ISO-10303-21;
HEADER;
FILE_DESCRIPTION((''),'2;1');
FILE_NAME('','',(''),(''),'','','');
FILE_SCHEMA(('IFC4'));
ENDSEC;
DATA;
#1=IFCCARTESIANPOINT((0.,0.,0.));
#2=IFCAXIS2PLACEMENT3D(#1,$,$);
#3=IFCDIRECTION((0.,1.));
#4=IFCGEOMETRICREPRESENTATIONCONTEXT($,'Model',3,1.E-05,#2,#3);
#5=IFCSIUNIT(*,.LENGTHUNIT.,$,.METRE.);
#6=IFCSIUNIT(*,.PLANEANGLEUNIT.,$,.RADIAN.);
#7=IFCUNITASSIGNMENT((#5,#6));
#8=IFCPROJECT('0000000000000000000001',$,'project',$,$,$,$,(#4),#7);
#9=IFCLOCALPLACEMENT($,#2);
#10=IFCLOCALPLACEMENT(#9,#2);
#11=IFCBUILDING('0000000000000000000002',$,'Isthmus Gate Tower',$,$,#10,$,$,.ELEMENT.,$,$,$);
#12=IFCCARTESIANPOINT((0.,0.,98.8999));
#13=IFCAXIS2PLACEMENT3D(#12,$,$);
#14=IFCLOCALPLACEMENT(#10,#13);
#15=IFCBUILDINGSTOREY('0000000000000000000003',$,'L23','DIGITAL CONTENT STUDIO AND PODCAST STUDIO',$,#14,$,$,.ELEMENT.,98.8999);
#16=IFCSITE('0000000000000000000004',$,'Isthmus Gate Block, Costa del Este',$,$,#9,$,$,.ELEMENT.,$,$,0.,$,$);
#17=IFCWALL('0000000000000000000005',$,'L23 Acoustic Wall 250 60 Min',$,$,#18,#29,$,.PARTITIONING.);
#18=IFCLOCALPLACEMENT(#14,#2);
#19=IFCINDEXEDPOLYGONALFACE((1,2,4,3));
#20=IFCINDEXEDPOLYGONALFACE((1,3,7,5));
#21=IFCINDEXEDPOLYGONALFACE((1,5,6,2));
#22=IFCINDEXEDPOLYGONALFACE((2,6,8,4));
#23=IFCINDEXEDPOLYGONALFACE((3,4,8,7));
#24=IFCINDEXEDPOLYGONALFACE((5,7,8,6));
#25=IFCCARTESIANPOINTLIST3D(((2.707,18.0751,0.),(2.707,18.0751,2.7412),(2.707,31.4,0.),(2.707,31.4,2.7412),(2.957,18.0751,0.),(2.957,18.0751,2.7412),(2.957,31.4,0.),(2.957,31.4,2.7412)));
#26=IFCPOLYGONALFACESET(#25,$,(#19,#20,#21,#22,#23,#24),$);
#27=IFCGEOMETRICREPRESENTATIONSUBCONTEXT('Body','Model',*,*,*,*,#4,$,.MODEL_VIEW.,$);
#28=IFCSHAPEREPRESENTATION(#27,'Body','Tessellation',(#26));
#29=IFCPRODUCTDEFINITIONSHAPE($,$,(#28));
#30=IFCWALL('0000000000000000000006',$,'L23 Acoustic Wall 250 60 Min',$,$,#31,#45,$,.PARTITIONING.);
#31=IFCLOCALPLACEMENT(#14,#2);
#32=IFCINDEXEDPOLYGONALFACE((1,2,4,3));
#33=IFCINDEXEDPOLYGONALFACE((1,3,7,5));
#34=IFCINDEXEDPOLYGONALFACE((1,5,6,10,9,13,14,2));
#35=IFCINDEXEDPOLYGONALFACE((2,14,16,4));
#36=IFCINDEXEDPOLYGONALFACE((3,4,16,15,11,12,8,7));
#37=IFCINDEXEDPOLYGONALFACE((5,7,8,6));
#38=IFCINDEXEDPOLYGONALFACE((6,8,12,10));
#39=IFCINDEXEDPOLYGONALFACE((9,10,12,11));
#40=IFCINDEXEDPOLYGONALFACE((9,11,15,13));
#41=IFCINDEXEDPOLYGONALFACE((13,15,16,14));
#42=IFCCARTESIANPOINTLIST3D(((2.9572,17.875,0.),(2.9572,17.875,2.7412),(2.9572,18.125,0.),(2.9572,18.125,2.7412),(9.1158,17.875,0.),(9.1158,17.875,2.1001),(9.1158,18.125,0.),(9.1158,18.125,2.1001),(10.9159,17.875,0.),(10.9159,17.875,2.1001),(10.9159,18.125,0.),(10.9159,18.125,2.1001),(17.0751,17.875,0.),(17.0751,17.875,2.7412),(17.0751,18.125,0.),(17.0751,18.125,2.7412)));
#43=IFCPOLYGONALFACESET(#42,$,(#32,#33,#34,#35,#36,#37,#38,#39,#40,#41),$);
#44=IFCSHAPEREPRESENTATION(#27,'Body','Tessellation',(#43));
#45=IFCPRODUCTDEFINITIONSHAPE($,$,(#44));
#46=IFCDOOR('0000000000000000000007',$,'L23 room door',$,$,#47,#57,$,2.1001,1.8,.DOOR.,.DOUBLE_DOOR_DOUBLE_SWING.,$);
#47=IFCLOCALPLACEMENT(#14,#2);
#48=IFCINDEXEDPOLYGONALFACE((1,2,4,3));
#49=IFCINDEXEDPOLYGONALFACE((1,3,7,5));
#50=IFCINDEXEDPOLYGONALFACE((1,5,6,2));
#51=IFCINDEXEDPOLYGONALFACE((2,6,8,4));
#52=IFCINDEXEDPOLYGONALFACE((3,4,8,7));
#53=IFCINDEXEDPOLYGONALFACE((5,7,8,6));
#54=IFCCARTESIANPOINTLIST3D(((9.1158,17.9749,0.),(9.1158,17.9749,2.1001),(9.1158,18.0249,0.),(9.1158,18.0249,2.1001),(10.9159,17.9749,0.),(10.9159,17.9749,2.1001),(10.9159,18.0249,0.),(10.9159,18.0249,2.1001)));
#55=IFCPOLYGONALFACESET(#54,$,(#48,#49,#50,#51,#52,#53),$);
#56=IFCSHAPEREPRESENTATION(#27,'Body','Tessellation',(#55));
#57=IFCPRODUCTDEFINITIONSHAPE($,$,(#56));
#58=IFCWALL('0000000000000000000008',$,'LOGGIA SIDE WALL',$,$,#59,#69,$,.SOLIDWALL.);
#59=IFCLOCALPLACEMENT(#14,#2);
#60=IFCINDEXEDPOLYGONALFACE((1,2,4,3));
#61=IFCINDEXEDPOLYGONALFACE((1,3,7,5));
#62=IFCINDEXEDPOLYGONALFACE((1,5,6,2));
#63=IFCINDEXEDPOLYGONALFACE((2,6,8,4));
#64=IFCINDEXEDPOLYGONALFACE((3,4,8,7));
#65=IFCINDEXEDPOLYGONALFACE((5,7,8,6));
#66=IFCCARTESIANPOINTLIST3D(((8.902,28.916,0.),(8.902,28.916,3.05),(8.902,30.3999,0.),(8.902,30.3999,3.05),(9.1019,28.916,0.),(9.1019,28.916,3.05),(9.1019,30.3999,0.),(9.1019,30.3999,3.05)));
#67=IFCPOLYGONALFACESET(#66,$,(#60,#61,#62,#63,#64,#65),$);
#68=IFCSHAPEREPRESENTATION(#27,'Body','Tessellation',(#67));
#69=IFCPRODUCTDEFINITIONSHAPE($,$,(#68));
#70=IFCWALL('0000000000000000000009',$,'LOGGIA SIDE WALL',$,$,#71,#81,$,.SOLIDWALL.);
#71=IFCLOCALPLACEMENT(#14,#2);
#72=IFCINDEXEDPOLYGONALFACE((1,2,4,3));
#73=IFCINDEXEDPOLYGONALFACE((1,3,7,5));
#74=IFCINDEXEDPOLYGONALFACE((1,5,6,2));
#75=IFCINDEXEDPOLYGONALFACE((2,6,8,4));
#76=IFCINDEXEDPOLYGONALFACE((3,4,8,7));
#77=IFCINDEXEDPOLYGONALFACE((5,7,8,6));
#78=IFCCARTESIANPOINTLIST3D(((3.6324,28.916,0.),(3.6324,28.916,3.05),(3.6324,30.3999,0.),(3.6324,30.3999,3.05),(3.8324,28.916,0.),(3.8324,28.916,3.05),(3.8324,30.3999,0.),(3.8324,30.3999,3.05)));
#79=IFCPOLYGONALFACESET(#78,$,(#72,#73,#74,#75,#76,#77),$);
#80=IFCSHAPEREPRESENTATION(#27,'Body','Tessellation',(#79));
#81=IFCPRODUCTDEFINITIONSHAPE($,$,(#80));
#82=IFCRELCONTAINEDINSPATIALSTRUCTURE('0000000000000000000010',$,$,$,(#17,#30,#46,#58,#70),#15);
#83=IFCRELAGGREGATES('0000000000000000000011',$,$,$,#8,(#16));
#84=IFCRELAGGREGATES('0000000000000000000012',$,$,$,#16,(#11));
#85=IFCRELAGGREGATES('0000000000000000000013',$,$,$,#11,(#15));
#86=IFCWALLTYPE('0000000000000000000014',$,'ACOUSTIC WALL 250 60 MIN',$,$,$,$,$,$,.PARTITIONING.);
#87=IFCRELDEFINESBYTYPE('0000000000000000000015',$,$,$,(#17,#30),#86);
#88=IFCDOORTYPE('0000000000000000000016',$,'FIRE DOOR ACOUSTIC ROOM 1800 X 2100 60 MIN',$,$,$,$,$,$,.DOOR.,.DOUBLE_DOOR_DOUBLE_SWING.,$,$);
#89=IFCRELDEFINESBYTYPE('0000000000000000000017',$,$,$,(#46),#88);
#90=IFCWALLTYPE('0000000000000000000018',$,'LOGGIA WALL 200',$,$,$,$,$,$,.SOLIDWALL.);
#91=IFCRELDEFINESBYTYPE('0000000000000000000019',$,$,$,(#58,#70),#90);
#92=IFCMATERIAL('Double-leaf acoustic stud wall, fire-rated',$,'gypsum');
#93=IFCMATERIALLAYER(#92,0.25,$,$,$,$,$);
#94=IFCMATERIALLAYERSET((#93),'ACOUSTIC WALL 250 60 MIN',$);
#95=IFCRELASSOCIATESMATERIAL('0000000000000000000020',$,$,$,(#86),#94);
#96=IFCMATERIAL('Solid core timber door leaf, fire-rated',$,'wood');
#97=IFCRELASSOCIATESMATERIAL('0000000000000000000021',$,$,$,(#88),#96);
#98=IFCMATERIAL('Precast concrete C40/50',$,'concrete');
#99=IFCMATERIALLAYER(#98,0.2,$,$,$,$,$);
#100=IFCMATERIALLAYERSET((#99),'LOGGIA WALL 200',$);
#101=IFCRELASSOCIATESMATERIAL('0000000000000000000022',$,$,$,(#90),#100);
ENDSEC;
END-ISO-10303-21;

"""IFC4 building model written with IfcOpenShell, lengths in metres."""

from ifc_helpers import new_model, si_unit, direction, frame, frame_2d, origin, place, context, subcontext, project, spatial, rectangle, extrude, material, layer, layer_set, type_object, element, fill, save


model = new_model("IFC4")

# Units and contexts
model_context = context("Model", 3, precision=1e-05, world=origin(), true_north=direction((0.0, 1.0)))
body_context = subcontext(model_context, "Body", "Model", "MODEL_VIEW")
ifc_project = project(units=[si_unit("LENGTHUNIT", "METRE"), si_unit("PLANEANGLEUNIT", "RADIAN")], contexts=[model_context])

# Site, building, storey
site_placement = place(None, origin())
site = spatial("IfcSite", under=ifc_project, at=site_placement, Name="Isthmus Gate Block, Costa del Este", CompositionType="ELEMENT", RefElevation=0.0)
building_placement = place(site_placement, origin())
building = spatial("IfcBuilding", under=site, at=building_placement, Name="Isthmus Gate Tower", CompositionType="ELEMENT")
storey_placement = place(building_placement, frame((0.0, 0.0, 98.8999)))
storey = spatial("IfcBuildingStorey", under=building, at=storey_placement, Name="L23", Description="DIGITAL CONTENT STUDIO AND PODCAST STUDIO", CompositionType="ELEMENT", Elevation=98.8999)

# Wall
ifc_material_1 = material(Name="Double-leaf acoustic stud wall, fire-rated", Category="gypsum")
ifc_layer_1 = layer(ifc_material_1, 0.25)
ifc_layer_set_1 = layer_set([ifc_layer_1], Name="ACOUSTIC WALL 250 60 MIN")
wall_type_1 = type_object("IfcWallType", Name="ACOUSTIC WALL 250 60 MIN", PredefinedType="PARTITIONING", material=ifc_layer_set_1)
wall_1_placement = place(storey_placement, frame((2.832, 18.075, 0.0), z_axis=(0.0, 0.0, 1.0), x_axis=(0.0, 1.0, 0.0)))
element("IfcWall", 1, at=wall_1_placement, inside=storey, type_object=wall_type_1, Name="L23 Acoustic Wall 250 60 Min", PredefinedType="PARTITIONING", context=body_context, shape_type="SweptSolid", body=[
    extrude(rectangle(XDim=13.325, YDim=0.25, at=frame_2d((6.6626, 0.0))), origin(), (0.0, 0.0, 1.0), 2.7412),
])

# Wall, opening, door
wall_2_placement = place(storey_placement, frame((2.957, 18.0, 0.0), z_axis=(0.0, 0.0, 1.0), x_axis=(1.0, 0.0, 0.0)))
wall_2 = element("IfcWall", 2, at=wall_2_placement, inside=storey, type_object=wall_type_1, Name="L23 Acoustic Wall 250 60 Min", PredefinedType="PARTITIONING", context=body_context, shape_type="SweptSolid", body=[
    extrude(rectangle(XDim=14.1179, YDim=0.25, at=frame_2d((7.0591, 0.0))), origin(), (0.0, 0.0, 1.0), 2.7412),
])
opening_1_placement = place(wall_2_placement, frame((6.1589, 0.0, 0.0)))
opening_1 = element("IfcOpeningElement", 3, at=opening_1_placement, cuts=wall_2, PredefinedType="OPENING", context=body_context, shape_type="SweptSolid", body=[
    extrude(rectangle(XDim=1.8, YDim=2.1001, at=frame_2d((0.8999, 1.05))), frame((0.0, 0.135, 0.0), z_axis=(0.0, -1.0, 0.0), x_axis=(1.0, 0.0, 0.0)), (0.0, 0.0, 1.0), 0.27),
])
ifc_material_2 = material(Name="Solid core timber door leaf, fire-rated", Category="wood")
door_type_1 = type_object("IfcDoorType", Name="FIRE DOOR ACOUSTIC ROOM 1800 X 2100 60 MIN", OperationType="DOUBLE_DOOR_DOUBLE_SWING", PredefinedType="DOOR", material=ifc_material_2)
door_1_placement = place(opening_1_placement, origin())
door_1 = element("IfcDoor", 4, at=door_1_placement, inside=storey, type_object=door_type_1, Name="L23 room door", OperationType="DOUBLE_DOOR_DOUBLE_SWING", OverallHeight=2.1001, OverallWidth=1.8, PredefinedType="DOOR", context=body_context, shape_type="SweptSolid", body=[
    extrude(rectangle(XDim=1.8, YDim=2.1001, at=frame_2d((0.8999, 1.05))), frame((0.0, 0.0249, 0.0), z_axis=(0.0, -1.0, 0.0), x_axis=(1.0, 0.0, 0.0)), (0.0, 0.0, 1.0), 0.05),
])
fill(opening_1, door_1)
ifc_material_3 = material(Name="Precast concrete C40/50", Category="concrete")
ifc_layer_2 = layer(ifc_material_3, 0.2)
ifc_layer_set_2 = layer_set([ifc_layer_2], Name="LOGGIA WALL 200")
wall_type_2 = type_object("IfcWallType", Name="LOGGIA WALL 200", PredefinedType="SOLIDWALL", material=ifc_layer_set_2)

# Walls
for number, where, z_axis, x_axis, name in (
    (5, (9.002, 30.3999, 0.0), (0.0, 0.0, 1.0), (0.0, -1.0, 0.0), "LOGGIA SIDE WALL"),
    (6, (3.7324, 30.3999, 0.0), (0.0, 0.0, 1.0), (0.0, -1.0, 0.0), "LOGGIA SIDE WALL"),
):
    element("IfcWall", number, at=place(storey_placement, frame(where, z_axis=z_axis, x_axis=x_axis)), inside=storey, type_object=wall_type_2, Name=name, PredefinedType="SOLIDWALL", context=body_context, shape_type="SweptSolid", body=[
        extrude(rectangle(XDim=1.4839, YDim=0.2, at=frame_2d((0.7419, 0.0))), origin(), (0.0, 0.0, 1.0), 3.05),
    ])

save(model, "model.ifc")
